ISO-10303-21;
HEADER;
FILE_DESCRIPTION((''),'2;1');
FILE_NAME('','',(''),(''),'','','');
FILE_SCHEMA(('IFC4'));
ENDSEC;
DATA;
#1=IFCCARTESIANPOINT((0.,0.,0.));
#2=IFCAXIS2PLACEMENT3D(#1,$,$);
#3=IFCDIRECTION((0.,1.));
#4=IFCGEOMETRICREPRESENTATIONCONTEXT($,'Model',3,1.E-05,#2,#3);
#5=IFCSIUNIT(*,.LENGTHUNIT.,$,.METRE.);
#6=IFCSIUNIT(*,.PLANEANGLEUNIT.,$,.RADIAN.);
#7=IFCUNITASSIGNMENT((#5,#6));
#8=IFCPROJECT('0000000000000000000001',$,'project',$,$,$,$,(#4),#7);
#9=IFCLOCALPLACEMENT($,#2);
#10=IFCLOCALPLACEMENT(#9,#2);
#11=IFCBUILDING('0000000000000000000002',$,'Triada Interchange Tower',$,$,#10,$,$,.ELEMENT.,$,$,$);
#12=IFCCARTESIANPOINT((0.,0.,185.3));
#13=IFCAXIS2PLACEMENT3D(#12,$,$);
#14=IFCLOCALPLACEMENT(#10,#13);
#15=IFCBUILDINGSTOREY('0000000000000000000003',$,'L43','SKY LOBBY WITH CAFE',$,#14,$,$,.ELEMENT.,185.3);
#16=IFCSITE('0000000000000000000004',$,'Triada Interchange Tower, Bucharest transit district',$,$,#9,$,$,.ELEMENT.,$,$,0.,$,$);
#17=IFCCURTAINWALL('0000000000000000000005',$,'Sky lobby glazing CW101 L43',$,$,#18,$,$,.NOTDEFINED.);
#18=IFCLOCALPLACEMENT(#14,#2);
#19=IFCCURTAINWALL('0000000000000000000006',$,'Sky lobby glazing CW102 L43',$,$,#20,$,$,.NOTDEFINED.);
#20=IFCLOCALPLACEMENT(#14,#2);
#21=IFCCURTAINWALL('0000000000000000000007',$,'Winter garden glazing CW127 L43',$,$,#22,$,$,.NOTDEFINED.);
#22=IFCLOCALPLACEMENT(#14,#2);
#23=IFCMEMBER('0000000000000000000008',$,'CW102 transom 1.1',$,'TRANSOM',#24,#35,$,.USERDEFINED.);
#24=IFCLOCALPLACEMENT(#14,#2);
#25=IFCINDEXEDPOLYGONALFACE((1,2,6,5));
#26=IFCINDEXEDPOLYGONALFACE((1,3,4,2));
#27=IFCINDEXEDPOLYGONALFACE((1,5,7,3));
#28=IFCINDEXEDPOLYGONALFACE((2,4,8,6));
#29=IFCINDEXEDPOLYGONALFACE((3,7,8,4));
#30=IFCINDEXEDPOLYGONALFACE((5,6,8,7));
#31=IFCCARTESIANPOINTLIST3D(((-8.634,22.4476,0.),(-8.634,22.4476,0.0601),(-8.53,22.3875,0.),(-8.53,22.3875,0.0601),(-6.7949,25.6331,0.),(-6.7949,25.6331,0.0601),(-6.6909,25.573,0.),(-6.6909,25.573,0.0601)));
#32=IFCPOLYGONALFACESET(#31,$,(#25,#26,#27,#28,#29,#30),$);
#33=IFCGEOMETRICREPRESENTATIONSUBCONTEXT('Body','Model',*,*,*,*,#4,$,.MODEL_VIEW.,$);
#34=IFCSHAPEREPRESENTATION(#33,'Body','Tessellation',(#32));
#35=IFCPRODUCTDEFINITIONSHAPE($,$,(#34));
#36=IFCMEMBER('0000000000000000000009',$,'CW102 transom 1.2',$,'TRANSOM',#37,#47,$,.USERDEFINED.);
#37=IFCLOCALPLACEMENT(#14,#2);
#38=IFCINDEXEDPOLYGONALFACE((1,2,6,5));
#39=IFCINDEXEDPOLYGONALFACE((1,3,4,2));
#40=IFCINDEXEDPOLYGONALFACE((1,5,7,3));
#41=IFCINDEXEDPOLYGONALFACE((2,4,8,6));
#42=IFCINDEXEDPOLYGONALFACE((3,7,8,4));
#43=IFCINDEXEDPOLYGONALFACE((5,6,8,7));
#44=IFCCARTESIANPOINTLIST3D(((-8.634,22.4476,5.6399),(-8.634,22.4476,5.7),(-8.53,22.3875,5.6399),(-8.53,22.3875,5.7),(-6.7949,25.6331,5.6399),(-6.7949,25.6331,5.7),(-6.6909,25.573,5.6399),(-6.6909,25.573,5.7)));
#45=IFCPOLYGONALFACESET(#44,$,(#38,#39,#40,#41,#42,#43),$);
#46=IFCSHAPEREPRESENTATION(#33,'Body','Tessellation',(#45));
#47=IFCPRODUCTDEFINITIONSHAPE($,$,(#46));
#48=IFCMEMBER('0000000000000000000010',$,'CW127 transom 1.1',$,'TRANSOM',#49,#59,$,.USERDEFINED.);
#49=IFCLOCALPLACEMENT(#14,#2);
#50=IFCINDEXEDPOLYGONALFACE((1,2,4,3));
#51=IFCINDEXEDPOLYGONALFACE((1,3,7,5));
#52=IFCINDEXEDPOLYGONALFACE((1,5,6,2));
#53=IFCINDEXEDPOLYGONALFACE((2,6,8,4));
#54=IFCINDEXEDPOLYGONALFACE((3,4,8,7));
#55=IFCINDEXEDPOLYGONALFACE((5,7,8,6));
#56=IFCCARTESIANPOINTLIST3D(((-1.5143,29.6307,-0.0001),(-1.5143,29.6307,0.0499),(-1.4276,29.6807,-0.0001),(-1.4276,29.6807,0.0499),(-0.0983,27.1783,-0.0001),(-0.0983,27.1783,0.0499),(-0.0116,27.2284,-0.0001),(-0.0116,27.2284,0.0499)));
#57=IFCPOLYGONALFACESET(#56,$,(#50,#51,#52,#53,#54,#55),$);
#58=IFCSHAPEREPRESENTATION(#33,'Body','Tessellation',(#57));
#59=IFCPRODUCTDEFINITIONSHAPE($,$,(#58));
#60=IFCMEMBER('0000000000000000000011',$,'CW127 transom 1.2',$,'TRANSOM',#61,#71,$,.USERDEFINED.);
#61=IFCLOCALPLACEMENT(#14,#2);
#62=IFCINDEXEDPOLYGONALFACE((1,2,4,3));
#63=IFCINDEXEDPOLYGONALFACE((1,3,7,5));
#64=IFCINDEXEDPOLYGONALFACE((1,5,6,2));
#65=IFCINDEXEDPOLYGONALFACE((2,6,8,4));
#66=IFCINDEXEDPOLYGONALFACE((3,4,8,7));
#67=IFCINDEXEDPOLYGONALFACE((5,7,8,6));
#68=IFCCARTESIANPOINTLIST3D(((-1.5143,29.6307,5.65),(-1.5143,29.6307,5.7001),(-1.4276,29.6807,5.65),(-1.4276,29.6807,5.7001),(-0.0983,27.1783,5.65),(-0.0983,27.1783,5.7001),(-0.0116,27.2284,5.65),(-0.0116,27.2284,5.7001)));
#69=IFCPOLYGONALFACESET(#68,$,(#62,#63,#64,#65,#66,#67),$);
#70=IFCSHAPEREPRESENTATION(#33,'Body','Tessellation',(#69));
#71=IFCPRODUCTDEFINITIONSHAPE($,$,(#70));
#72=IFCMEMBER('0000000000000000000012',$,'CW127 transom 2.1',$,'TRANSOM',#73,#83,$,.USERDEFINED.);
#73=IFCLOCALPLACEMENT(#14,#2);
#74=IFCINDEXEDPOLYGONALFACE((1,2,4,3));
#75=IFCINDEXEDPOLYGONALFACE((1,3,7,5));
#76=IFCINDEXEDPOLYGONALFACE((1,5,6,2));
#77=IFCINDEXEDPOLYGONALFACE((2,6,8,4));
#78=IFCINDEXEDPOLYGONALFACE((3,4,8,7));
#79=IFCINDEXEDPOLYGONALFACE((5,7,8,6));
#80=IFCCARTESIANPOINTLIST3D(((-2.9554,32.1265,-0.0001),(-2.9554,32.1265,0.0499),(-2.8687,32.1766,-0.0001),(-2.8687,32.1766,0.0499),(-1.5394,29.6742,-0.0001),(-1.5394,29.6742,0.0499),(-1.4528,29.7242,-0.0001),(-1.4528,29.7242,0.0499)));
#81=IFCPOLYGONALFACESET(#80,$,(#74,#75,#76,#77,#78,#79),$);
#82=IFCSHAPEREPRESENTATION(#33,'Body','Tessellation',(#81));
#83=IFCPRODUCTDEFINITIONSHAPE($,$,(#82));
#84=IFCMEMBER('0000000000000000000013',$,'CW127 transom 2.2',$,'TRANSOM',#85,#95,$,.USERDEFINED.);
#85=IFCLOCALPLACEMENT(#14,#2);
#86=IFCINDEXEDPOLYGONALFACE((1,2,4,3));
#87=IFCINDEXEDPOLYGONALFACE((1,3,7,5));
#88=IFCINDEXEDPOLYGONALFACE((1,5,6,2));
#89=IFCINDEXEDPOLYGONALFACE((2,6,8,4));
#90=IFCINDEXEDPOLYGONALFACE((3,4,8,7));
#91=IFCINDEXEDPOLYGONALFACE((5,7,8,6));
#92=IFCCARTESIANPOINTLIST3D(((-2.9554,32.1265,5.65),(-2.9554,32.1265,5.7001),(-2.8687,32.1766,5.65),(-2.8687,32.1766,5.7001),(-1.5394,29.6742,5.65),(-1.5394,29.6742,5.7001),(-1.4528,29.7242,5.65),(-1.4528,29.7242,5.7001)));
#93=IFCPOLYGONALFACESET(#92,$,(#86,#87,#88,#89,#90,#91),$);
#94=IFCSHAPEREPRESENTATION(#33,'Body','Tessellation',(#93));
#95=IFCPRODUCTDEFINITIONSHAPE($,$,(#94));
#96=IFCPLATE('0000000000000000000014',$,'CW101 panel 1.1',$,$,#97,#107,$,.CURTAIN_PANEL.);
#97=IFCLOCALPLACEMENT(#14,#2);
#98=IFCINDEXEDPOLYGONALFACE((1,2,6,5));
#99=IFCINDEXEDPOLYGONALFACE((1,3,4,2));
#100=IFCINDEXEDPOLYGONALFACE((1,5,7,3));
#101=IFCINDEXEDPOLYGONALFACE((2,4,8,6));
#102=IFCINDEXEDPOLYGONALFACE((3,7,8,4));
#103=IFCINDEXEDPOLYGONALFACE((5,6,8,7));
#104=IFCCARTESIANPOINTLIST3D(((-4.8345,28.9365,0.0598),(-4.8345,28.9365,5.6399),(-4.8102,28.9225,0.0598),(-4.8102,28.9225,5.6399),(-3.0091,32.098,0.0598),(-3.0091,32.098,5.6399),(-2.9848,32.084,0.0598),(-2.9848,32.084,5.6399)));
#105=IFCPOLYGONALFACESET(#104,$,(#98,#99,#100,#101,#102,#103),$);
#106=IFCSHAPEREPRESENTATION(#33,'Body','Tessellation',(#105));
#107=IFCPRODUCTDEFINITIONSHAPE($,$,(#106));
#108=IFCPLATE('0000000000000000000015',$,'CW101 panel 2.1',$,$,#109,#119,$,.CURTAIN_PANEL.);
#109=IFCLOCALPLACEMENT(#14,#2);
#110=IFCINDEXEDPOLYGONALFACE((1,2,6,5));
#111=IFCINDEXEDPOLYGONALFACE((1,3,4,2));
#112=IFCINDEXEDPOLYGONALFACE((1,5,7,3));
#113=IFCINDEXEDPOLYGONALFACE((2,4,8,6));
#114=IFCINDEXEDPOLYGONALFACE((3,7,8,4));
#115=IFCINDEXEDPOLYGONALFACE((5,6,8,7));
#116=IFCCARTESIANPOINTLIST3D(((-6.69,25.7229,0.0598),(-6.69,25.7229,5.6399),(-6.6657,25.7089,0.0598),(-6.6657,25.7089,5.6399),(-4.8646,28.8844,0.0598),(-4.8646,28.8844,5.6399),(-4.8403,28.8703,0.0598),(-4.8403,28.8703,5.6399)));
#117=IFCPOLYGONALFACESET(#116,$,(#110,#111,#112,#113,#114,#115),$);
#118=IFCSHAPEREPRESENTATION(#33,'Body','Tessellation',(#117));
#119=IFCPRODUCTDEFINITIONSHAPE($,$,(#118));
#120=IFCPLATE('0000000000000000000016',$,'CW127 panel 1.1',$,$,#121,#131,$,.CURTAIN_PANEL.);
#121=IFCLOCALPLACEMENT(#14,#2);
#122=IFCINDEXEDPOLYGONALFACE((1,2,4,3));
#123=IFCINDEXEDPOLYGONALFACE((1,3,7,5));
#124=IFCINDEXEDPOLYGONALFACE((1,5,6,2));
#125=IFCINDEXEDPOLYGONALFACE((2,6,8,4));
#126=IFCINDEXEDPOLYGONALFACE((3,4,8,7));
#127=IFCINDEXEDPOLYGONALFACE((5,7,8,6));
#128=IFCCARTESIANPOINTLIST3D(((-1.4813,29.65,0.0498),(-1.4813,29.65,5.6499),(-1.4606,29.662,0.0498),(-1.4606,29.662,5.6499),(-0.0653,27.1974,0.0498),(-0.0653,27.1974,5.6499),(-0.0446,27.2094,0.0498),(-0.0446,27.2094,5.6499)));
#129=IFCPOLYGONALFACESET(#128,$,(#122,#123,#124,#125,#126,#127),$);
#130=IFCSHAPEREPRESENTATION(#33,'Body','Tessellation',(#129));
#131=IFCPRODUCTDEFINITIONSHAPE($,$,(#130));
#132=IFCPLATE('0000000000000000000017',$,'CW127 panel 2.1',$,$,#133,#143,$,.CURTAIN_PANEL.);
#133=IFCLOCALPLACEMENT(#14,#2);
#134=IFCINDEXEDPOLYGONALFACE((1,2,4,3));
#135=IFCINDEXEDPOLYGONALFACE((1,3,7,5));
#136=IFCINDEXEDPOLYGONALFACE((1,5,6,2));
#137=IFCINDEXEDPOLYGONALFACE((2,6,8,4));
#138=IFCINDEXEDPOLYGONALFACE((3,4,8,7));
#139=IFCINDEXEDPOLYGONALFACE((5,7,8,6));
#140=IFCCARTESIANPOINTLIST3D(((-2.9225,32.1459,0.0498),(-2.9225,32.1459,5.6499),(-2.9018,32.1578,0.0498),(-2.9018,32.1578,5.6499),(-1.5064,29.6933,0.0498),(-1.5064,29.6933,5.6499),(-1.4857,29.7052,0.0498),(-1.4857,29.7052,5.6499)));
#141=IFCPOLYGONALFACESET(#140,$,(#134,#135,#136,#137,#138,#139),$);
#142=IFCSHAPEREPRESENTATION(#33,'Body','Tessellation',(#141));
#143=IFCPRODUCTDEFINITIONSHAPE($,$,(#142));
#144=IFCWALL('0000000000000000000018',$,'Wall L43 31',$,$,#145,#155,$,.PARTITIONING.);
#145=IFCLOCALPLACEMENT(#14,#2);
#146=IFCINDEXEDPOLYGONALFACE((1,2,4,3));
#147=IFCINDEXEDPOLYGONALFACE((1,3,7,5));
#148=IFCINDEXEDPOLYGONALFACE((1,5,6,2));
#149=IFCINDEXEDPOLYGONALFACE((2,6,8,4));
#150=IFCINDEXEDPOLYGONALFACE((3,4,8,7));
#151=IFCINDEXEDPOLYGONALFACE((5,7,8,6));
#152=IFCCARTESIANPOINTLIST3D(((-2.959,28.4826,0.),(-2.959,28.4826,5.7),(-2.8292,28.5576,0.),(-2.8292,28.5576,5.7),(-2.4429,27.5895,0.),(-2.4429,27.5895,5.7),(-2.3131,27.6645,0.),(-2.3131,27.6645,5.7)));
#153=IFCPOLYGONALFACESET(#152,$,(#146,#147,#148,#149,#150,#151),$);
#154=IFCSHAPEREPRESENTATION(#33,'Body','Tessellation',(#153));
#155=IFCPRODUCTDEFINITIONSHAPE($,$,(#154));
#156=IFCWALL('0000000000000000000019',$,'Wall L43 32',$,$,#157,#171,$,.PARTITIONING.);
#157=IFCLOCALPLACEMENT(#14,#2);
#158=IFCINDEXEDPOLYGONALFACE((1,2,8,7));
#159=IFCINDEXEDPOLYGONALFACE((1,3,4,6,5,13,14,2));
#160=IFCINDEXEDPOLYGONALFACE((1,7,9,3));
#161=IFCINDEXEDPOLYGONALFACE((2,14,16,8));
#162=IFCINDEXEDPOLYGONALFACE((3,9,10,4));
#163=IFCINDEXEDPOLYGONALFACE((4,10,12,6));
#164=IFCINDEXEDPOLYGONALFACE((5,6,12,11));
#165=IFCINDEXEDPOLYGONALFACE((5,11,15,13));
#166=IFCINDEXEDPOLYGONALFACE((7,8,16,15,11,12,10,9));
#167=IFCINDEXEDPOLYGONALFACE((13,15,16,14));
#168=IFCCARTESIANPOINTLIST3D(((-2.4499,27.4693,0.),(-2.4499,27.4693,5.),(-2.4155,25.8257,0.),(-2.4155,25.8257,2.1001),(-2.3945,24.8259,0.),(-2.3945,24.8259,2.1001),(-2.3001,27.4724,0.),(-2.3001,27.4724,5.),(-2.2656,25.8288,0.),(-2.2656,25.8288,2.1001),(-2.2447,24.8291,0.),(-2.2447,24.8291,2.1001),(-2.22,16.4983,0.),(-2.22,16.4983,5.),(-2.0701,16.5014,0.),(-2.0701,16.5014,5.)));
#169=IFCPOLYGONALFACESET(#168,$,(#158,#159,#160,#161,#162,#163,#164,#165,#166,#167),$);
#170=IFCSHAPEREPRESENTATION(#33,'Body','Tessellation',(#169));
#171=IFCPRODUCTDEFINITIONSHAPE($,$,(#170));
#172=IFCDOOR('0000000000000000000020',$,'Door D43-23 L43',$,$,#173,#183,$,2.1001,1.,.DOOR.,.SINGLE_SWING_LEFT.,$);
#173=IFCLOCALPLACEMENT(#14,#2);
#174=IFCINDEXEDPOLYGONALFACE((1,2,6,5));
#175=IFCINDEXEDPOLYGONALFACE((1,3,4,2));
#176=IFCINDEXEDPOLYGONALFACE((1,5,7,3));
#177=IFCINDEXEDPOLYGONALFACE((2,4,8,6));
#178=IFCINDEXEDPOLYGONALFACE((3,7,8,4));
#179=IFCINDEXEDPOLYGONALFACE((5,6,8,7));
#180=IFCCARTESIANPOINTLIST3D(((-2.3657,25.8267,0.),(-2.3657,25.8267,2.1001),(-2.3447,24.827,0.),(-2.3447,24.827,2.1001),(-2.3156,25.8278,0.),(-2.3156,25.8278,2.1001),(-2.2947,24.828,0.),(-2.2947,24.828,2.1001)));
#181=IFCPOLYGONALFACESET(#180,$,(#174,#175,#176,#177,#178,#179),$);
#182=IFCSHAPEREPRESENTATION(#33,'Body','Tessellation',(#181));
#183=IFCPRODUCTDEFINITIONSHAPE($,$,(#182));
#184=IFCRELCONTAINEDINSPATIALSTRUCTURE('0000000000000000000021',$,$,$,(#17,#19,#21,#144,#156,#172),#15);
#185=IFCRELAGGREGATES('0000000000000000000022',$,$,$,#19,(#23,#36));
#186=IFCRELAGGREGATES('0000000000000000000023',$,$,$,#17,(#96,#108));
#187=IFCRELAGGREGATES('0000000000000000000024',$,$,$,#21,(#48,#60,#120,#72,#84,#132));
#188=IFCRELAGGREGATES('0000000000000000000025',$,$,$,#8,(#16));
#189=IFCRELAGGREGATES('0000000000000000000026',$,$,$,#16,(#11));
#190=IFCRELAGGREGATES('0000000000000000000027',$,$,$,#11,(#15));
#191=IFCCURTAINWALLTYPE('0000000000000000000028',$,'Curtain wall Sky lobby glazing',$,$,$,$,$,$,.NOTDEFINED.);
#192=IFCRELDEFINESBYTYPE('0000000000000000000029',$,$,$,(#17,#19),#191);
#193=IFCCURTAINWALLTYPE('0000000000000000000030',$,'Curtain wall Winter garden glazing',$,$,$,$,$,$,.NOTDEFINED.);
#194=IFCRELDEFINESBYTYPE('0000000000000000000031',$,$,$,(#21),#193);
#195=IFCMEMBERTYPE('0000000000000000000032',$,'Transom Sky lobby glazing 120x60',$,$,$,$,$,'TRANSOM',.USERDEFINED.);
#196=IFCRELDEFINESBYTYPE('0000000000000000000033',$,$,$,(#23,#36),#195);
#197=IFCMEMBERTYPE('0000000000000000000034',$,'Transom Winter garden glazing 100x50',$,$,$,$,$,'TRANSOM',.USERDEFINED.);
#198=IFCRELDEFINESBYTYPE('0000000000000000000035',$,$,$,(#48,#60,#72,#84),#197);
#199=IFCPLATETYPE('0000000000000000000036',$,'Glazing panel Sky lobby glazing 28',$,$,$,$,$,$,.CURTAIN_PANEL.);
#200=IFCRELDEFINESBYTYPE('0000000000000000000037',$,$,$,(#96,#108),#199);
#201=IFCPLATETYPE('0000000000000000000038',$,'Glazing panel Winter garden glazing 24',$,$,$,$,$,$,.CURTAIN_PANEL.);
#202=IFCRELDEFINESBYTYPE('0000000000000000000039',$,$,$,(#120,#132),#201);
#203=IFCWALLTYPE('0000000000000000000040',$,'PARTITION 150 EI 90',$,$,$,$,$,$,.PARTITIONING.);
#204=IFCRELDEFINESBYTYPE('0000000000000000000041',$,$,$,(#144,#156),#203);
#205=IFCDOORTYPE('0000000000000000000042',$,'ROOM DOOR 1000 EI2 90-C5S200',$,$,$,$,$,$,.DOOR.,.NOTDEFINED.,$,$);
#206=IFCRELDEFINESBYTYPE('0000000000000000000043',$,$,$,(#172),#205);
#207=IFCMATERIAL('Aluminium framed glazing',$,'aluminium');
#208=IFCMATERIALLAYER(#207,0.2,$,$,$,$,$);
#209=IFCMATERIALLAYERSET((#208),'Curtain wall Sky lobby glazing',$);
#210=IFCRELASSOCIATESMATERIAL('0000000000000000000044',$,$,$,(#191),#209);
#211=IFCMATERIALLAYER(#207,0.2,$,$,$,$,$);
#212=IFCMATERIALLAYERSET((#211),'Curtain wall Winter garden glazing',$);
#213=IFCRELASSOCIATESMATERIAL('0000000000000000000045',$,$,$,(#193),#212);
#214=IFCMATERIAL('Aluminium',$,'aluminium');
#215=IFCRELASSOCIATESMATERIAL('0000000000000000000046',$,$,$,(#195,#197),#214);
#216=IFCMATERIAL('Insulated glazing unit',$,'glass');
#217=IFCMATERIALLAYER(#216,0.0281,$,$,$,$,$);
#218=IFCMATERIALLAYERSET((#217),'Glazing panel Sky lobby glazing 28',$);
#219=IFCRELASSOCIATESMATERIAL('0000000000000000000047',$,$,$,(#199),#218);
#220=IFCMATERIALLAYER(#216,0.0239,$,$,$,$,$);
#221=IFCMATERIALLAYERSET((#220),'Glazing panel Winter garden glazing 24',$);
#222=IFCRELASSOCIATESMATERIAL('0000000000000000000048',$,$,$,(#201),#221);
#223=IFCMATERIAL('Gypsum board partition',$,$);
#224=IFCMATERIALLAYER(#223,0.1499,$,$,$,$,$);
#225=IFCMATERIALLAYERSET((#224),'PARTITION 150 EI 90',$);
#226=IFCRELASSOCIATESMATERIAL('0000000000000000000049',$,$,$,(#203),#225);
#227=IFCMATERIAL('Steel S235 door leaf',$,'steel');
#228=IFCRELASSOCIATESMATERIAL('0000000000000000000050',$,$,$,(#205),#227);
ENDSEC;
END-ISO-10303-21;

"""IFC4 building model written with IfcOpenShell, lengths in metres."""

from ifc_helpers import new_model, si_unit, direction, frame, frame_2d, origin, origin_2d, place, context, subcontext, project, spatial, rectangle, extrude, material, layer, layer_set, material_profile, profile_set, type_object, element, fill, aggregate, save


model = new_model("IFC4")

# Units and contexts
model_context = context("Model", 3, precision=1e-05, world=origin(), true_north=direction((0.0, 1.0)))
body_context = subcontext(model_context, "Body", "Model", "MODEL_VIEW")
ifc_project = project(units=[si_unit("LENGTHUNIT", "METRE"), si_unit("PLANEANGLEUNIT", "RADIAN")], contexts=[model_context])

# Site, building, storey
site_placement = place(None, origin())
site = spatial("IfcSite", under=ifc_project, at=site_placement, Name="Triada Interchange Tower, Bucharest transit district", CompositionType="ELEMENT", RefElevation=0.0)
building_placement = place(site_placement, origin())
building = spatial("IfcBuilding", under=site, at=building_placement, Name="Triada Interchange Tower", CompositionType="ELEMENT")
storey_placement = place(building_placement, frame((0.0, 0.0, 185.3)))
storey = spatial("IfcBuildingStorey", under=building, at=storey_placement, Name="L43", Description="SKY LOBBY WITH CAFE", CompositionType="ELEMENT", Elevation=185.3)

# Curtain wall
ifc_material_1 = material(Name="Aluminium framed glazing", Category="aluminium")
ifc_layer_1 = layer(ifc_material_1, 0.2)
ifc_layer_set_1 = layer_set([ifc_layer_1], Name="Curtain wall Sky lobby glazing")
curtain_wall_type_1 = type_object("IfcCurtainWallType", Name="Curtain wall Sky lobby glazing", PredefinedType="NOTDEFINED", material=ifc_layer_set_1)
curtain_wall_1_placement = place(storey_placement, origin())
curtain_wall_1 = element("IfcCurtainWall", 1, at=curtain_wall_1_placement, inside=storey, type_object=curtain_wall_type_1, Name="Sky lobby glazing CW101 L43", PredefinedType="NOTDEFINED")
ifc_material_2 = material(Name="Aluminium", Category="aluminium")

# Curtain wall
curtain_wall_2_placement = place(storey_placement, origin())
curtain_wall_2 = element("IfcCurtainWall", 2, at=curtain_wall_2_placement, inside=storey, type_object=curtain_wall_type_1, Name="Sky lobby glazing CW102 L43", PredefinedType="NOTDEFINED")

# Curtain wall
ifc_layer_2 = layer(ifc_material_1, 0.2)
ifc_layer_set_2 = layer_set([ifc_layer_2], Name="Curtain wall Winter garden glazing")
curtain_wall_type_2 = type_object("IfcCurtainWallType", Name="Curtain wall Winter garden glazing", PredefinedType="NOTDEFINED", material=ifc_layer_set_2)
curtain_wall_3_placement = place(storey_placement, origin())
curtain_wall_3 = element("IfcCurtainWall", 3, at=curtain_wall_3_placement, inside=storey, type_object=curtain_wall_type_2, Name="Winter garden glazing CW127 L43", PredefinedType="NOTDEFINED")

# Members
ifc_material_profile_1 = material_profile(ifc_material_2, rectangle(XDim=0.1201, YDim=0.0601, at=origin_2d()), Name="Aluminium transom")
ifc_profile_set_1 = profile_set([ifc_material_profile_1], Name="Aluminium")
member_type_1 = type_object("IfcMemberType", Name="Transom Sky lobby glazing 120x60", ElementType="TRANSOM", PredefinedType="USERDEFINED", material=ifc_profile_set_1)
member_1_placement = place(storey_placement, frame((-6.7429, 25.603, 0.03), z_axis=(-0.499987, -0.866033, 0.0), x_axis=(0.866033, -0.499987, 0.0)))
member_1 = element("IfcMember", 4, at=member_1_placement, type_object=member_type_1, Name="CW102 transom 1.1", ObjectType="TRANSOM", PredefinedType="USERDEFINED", context=body_context, shape_type="SweptSolid", body=[
    extrude(rectangle(XDim=0.1201, YDim=0.0601, at=origin_2d()), origin(), (0.0, 0.0, 1.0), 3.6782),
])
member_2_placement = place(storey_placement, frame((-6.7429, 25.603, 5.6699), z_axis=(-0.499987, -0.866033, 0.0), x_axis=(0.866033, -0.499987, 0.0)))
member_2 = element("IfcMember", 5, at=member_2_placement, type_object=member_type_1, Name="CW102 transom 1.2", ObjectType="TRANSOM", PredefinedType="USERDEFINED", context=body_context, shape_type="SweptSolid", body=[
    extrude(rectangle(XDim=0.1201, YDim=0.0601, at=origin_2d()), origin(), (0.0, 0.0, 1.0), 3.6782),
])
aggregate(curtain_wall_2, [member_1, member_2])
ifc_material_profile_2 = material_profile(ifc_material_2, rectangle(XDim=0.1001, YDim=0.05, at=origin_2d()), Name="Aluminium transom")
ifc_profile_set_2 = profile_set([ifc_material_profile_2], Name="Aluminium")
member_type_2 = type_object("IfcMemberType", Name="Transom Winter garden glazing 100x50", ElementType="TRANSOM", PredefinedType="USERDEFINED", material=ifc_profile_set_2)
member_3_placement = place(storey_placement, frame((-0.0549, 27.2034, 0.0249), z_axis=(-0.500033, 0.866006, 0.0), x_axis=(-0.866006, -0.500033, 0.0)))
member_3 = element("IfcMember", 6, at=member_3_placement, type_object=member_type_2, Name="CW127 transom 1.1", ObjectType="TRANSOM", PredefinedType="USERDEFINED", context=body_context, shape_type="SweptSolid", body=[
    extrude(rectangle(XDim=0.1001, YDim=0.05, at=origin_2d()), origin(), (0.0, 0.0, 1.0), 2.8318),
])
member_4_placement = place(storey_placement, frame((-0.0549, 27.2034, 5.675), z_axis=(-0.500033, 0.866006, 0.0), x_axis=(-0.866006, -0.500033, 0.0)))
member_4 = element("IfcMember", 7, at=member_4_placement, type_object=member_type_2, Name="CW127 transom 1.2", ObjectType="TRANSOM", PredefinedType="USERDEFINED", context=body_context, shape_type="SweptSolid", body=[
    extrude(rectangle(XDim=0.1001, YDim=0.05, at=origin_2d()), origin(), (0.0, 0.0, 1.0), 2.8318),
])
member_5_placement = place(storey_placement, frame((-1.4961, 29.6992, 0.0249), z_axis=(-0.500033, 0.866006, 0.0), x_axis=(-0.866006, -0.500033, 0.0)))
member_5 = element("IfcMember", 8, at=member_5_placement, type_object=member_type_2, Name="CW127 transom 2.1", ObjectType="TRANSOM", PredefinedType="USERDEFINED", context=body_context, shape_type="SweptSolid", body=[
    extrude(rectangle(XDim=0.1001, YDim=0.05, at=origin_2d()), origin(), (0.0, 0.0, 1.0), 2.8318),
])
member_6_placement = place(storey_placement, frame((-1.4961, 29.6992, 5.675), z_axis=(-0.500033, 0.866006, 0.0), x_axis=(-0.866006, -0.500033, 0.0)))
member_6 = element("IfcMember", 9, at=member_6_placement, type_object=member_type_2, Name="CW127 transom 2.2", ObjectType="TRANSOM", PredefinedType="USERDEFINED", context=body_context, shape_type="SweptSolid", body=[
    extrude(rectangle(XDim=0.1001, YDim=0.05, at=origin_2d()), origin(), (0.0, 0.0, 1.0), 2.8318),
])

# Plates
ifc_material_3 = material(Name="Insulated glazing unit", Category="glass")
ifc_layer_3 = layer(ifc_material_3, 0.0281)
ifc_layer_set_3 = layer_set([ifc_layer_3], Name="Glazing panel Sky lobby glazing 28")
plate_type_1 = type_object("IfcPlateType", Name="Glazing panel Sky lobby glazing 28", PredefinedType="CURTAIN_PANEL", material=ifc_layer_set_3)
plate_1_placement = place(storey_placement, frame((-3.9097, 30.5103, 0.0598), z_axis=(0.0, 0.0, 1.0), x_axis=(-0.500035, -0.866005, 0.0)))
plate_1 = element("IfcPlate", 10, at=plate_1_placement, type_object=plate_type_1, Name="CW101 panel 1.1", PredefinedType="CURTAIN_PANEL", context=body_context, shape_type="SweptSolid", body=[
    extrude(rectangle(XDim=3.6506, YDim=0.0281, at=origin_2d()), origin(), (0.0, 0.0, 1.0), 5.5801),
])
plate_2_placement = place(storey_placement, frame((-5.7651, 27.2966, 0.0598), z_axis=(0.0, 0.0, 1.0), x_axis=(-0.500035, -0.866005, 0.0)))
plate_2 = element("IfcPlate", 11, at=plate_2_placement, type_object=plate_type_1, Name="CW101 panel 2.1", PredefinedType="CURTAIN_PANEL", context=body_context, shape_type="SweptSolid", body=[
    extrude(rectangle(XDim=3.6506, YDim=0.0281, at=origin_2d()), origin(), (0.0, 0.0, 1.0), 5.5801),
])
aggregate(curtain_wall_1, [plate_1, plate_2])
ifc_layer_4 = layer(ifc_material_3, 0.0239)
ifc_layer_set_4 = layer_set([ifc_layer_4], Name="Glazing panel Winter garden glazing 24")
plate_type_2 = type_object("IfcPlateType", Name="Glazing panel Winter garden glazing 24", PredefinedType="CURTAIN_PANEL", material=ifc_layer_set_4)
plate_3_placement = place(storey_placement, frame((-0.7629, 28.4297, 0.0498), z_axis=(0.0, 0.0, 1.0), x_axis=(-0.500005, 0.866022, 0.0)))
plate_3 = element("IfcPlate", 12, at=plate_3_placement, type_object=plate_type_2, Name="CW127 panel 1.1", PredefinedType="CURTAIN_PANEL", context=body_context, shape_type="SweptSolid", body=[
    extrude(rectangle(XDim=2.832, YDim=0.0239, at=origin_2d()), origin(), (0.0, 0.0, 1.0), 5.6001),
])
plate_4_placement = place(storey_placement, frame((-2.2041, 30.9255, 0.0498), z_axis=(0.0, 0.0, 1.0), x_axis=(-0.500005, 0.866022, 0.0)))
plate_4 = element("IfcPlate", 13, at=plate_4_placement, type_object=plate_type_2, Name="CW127 panel 2.1", PredefinedType="CURTAIN_PANEL", context=body_context, shape_type="SweptSolid", body=[
    extrude(rectangle(XDim=2.832, YDim=0.0239, at=origin_2d()), origin(), (0.0, 0.0, 1.0), 5.6001),
])
aggregate(curtain_wall_3, [member_3, member_4, plate_3, member_5, member_6, plate_4])

# Wall
ifc_material_4 = material(Name="Gypsum board partition")
ifc_layer_5 = layer(ifc_material_4, 0.1499)
ifc_layer_set_5 = layer_set([ifc_layer_5], Name="PARTITION 150 EI 90")
wall_type = type_object("IfcWallType", Name="PARTITION 150 EI 90", PredefinedType="PARTITIONING", material=ifc_layer_set_5)
wall_1_placement = place(storey_placement, frame((-2.894, 28.52, 0.0), z_axis=(0.0, 0.0, 1.0), x_axis=(0.500364, -0.865815, 0.0)))
element("IfcWall", 14, at=wall_1_placement, inside=storey, type_object=wall_type, Name="Wall L43 31", PredefinedType="PARTITIONING", context=body_context, shape_type="SweptSolid", body=[
    extrude(rectangle(XDim=1.0315, YDim=0.1499, at=frame_2d((0.5156, 0.0))), origin(), (0.0, 0.0, 1.0), 5.7),
])

# Wall, opening, door
wall_2_placement = place(storey_placement, frame((-2.375, 27.4709, 0.0), z_axis=(0.0, 0.0, 1.0), x_axis=(0.020958, -0.99978, 0.0)))
wall_2 = element("IfcWall", 15, at=wall_2_placement, inside=storey, type_object=wall_type, Name="Wall L43 32", PredefinedType="PARTITIONING", context=body_context, shape_type="SweptSolid", body=[
    extrude(rectangle(XDim=10.9734, YDim=0.1499, at=frame_2d((5.4868, 0.0))), origin(), (0.0, 0.0, 1.0), 5.0),
])
opening_placement = place(wall_2_placement, frame((1.644, 0.0, 0.0)))
opening = element("IfcOpeningElement", 16, at=opening_placement, cuts=wall_2, PredefinedType="OPENING", context=body_context, shape_type="SweptSolid", body=[
    extrude(rectangle(XDim=1.0, YDim=2.1001, at=frame_2d((0.5, 1.05))), frame((0.0, 0.085, 0.0), z_axis=(0.0, -1.0, 0.0), x_axis=(1.0, 0.0, 0.0)), (0.0, 0.0, 1.0), 0.1699),
])
ifc_material_5 = material(Name="Steel S235 door leaf", Category="steel")
door_type = type_object("IfcDoorType", Name="ROOM DOOR 1000 EI2 90-C5S200", OperationType="NOTDEFINED", PredefinedType="DOOR", material=ifc_material_5)
door_placement = place(opening_placement, origin())
door = element("IfcDoor", 17, at=door_placement, inside=storey, type_object=door_type, Name="Door D43-23 L43", OperationType="SINGLE_SWING_LEFT", OverallHeight=2.1001, OverallWidth=1.0, PredefinedType="DOOR", context=body_context, shape_type="SweptSolid", body=[
    extrude(rectangle(XDim=1.0, YDim=2.1001, at=frame_2d((0.5, 1.05))), frame((0.0, 0.0249, 0.0), z_axis=(0.0, -1.0, 0.0), x_axis=(1.0, 0.0, 0.0)), (0.0, 0.0, 1.0), 0.05),
])
fill(opening, door)

save(model, "model.ifc")
